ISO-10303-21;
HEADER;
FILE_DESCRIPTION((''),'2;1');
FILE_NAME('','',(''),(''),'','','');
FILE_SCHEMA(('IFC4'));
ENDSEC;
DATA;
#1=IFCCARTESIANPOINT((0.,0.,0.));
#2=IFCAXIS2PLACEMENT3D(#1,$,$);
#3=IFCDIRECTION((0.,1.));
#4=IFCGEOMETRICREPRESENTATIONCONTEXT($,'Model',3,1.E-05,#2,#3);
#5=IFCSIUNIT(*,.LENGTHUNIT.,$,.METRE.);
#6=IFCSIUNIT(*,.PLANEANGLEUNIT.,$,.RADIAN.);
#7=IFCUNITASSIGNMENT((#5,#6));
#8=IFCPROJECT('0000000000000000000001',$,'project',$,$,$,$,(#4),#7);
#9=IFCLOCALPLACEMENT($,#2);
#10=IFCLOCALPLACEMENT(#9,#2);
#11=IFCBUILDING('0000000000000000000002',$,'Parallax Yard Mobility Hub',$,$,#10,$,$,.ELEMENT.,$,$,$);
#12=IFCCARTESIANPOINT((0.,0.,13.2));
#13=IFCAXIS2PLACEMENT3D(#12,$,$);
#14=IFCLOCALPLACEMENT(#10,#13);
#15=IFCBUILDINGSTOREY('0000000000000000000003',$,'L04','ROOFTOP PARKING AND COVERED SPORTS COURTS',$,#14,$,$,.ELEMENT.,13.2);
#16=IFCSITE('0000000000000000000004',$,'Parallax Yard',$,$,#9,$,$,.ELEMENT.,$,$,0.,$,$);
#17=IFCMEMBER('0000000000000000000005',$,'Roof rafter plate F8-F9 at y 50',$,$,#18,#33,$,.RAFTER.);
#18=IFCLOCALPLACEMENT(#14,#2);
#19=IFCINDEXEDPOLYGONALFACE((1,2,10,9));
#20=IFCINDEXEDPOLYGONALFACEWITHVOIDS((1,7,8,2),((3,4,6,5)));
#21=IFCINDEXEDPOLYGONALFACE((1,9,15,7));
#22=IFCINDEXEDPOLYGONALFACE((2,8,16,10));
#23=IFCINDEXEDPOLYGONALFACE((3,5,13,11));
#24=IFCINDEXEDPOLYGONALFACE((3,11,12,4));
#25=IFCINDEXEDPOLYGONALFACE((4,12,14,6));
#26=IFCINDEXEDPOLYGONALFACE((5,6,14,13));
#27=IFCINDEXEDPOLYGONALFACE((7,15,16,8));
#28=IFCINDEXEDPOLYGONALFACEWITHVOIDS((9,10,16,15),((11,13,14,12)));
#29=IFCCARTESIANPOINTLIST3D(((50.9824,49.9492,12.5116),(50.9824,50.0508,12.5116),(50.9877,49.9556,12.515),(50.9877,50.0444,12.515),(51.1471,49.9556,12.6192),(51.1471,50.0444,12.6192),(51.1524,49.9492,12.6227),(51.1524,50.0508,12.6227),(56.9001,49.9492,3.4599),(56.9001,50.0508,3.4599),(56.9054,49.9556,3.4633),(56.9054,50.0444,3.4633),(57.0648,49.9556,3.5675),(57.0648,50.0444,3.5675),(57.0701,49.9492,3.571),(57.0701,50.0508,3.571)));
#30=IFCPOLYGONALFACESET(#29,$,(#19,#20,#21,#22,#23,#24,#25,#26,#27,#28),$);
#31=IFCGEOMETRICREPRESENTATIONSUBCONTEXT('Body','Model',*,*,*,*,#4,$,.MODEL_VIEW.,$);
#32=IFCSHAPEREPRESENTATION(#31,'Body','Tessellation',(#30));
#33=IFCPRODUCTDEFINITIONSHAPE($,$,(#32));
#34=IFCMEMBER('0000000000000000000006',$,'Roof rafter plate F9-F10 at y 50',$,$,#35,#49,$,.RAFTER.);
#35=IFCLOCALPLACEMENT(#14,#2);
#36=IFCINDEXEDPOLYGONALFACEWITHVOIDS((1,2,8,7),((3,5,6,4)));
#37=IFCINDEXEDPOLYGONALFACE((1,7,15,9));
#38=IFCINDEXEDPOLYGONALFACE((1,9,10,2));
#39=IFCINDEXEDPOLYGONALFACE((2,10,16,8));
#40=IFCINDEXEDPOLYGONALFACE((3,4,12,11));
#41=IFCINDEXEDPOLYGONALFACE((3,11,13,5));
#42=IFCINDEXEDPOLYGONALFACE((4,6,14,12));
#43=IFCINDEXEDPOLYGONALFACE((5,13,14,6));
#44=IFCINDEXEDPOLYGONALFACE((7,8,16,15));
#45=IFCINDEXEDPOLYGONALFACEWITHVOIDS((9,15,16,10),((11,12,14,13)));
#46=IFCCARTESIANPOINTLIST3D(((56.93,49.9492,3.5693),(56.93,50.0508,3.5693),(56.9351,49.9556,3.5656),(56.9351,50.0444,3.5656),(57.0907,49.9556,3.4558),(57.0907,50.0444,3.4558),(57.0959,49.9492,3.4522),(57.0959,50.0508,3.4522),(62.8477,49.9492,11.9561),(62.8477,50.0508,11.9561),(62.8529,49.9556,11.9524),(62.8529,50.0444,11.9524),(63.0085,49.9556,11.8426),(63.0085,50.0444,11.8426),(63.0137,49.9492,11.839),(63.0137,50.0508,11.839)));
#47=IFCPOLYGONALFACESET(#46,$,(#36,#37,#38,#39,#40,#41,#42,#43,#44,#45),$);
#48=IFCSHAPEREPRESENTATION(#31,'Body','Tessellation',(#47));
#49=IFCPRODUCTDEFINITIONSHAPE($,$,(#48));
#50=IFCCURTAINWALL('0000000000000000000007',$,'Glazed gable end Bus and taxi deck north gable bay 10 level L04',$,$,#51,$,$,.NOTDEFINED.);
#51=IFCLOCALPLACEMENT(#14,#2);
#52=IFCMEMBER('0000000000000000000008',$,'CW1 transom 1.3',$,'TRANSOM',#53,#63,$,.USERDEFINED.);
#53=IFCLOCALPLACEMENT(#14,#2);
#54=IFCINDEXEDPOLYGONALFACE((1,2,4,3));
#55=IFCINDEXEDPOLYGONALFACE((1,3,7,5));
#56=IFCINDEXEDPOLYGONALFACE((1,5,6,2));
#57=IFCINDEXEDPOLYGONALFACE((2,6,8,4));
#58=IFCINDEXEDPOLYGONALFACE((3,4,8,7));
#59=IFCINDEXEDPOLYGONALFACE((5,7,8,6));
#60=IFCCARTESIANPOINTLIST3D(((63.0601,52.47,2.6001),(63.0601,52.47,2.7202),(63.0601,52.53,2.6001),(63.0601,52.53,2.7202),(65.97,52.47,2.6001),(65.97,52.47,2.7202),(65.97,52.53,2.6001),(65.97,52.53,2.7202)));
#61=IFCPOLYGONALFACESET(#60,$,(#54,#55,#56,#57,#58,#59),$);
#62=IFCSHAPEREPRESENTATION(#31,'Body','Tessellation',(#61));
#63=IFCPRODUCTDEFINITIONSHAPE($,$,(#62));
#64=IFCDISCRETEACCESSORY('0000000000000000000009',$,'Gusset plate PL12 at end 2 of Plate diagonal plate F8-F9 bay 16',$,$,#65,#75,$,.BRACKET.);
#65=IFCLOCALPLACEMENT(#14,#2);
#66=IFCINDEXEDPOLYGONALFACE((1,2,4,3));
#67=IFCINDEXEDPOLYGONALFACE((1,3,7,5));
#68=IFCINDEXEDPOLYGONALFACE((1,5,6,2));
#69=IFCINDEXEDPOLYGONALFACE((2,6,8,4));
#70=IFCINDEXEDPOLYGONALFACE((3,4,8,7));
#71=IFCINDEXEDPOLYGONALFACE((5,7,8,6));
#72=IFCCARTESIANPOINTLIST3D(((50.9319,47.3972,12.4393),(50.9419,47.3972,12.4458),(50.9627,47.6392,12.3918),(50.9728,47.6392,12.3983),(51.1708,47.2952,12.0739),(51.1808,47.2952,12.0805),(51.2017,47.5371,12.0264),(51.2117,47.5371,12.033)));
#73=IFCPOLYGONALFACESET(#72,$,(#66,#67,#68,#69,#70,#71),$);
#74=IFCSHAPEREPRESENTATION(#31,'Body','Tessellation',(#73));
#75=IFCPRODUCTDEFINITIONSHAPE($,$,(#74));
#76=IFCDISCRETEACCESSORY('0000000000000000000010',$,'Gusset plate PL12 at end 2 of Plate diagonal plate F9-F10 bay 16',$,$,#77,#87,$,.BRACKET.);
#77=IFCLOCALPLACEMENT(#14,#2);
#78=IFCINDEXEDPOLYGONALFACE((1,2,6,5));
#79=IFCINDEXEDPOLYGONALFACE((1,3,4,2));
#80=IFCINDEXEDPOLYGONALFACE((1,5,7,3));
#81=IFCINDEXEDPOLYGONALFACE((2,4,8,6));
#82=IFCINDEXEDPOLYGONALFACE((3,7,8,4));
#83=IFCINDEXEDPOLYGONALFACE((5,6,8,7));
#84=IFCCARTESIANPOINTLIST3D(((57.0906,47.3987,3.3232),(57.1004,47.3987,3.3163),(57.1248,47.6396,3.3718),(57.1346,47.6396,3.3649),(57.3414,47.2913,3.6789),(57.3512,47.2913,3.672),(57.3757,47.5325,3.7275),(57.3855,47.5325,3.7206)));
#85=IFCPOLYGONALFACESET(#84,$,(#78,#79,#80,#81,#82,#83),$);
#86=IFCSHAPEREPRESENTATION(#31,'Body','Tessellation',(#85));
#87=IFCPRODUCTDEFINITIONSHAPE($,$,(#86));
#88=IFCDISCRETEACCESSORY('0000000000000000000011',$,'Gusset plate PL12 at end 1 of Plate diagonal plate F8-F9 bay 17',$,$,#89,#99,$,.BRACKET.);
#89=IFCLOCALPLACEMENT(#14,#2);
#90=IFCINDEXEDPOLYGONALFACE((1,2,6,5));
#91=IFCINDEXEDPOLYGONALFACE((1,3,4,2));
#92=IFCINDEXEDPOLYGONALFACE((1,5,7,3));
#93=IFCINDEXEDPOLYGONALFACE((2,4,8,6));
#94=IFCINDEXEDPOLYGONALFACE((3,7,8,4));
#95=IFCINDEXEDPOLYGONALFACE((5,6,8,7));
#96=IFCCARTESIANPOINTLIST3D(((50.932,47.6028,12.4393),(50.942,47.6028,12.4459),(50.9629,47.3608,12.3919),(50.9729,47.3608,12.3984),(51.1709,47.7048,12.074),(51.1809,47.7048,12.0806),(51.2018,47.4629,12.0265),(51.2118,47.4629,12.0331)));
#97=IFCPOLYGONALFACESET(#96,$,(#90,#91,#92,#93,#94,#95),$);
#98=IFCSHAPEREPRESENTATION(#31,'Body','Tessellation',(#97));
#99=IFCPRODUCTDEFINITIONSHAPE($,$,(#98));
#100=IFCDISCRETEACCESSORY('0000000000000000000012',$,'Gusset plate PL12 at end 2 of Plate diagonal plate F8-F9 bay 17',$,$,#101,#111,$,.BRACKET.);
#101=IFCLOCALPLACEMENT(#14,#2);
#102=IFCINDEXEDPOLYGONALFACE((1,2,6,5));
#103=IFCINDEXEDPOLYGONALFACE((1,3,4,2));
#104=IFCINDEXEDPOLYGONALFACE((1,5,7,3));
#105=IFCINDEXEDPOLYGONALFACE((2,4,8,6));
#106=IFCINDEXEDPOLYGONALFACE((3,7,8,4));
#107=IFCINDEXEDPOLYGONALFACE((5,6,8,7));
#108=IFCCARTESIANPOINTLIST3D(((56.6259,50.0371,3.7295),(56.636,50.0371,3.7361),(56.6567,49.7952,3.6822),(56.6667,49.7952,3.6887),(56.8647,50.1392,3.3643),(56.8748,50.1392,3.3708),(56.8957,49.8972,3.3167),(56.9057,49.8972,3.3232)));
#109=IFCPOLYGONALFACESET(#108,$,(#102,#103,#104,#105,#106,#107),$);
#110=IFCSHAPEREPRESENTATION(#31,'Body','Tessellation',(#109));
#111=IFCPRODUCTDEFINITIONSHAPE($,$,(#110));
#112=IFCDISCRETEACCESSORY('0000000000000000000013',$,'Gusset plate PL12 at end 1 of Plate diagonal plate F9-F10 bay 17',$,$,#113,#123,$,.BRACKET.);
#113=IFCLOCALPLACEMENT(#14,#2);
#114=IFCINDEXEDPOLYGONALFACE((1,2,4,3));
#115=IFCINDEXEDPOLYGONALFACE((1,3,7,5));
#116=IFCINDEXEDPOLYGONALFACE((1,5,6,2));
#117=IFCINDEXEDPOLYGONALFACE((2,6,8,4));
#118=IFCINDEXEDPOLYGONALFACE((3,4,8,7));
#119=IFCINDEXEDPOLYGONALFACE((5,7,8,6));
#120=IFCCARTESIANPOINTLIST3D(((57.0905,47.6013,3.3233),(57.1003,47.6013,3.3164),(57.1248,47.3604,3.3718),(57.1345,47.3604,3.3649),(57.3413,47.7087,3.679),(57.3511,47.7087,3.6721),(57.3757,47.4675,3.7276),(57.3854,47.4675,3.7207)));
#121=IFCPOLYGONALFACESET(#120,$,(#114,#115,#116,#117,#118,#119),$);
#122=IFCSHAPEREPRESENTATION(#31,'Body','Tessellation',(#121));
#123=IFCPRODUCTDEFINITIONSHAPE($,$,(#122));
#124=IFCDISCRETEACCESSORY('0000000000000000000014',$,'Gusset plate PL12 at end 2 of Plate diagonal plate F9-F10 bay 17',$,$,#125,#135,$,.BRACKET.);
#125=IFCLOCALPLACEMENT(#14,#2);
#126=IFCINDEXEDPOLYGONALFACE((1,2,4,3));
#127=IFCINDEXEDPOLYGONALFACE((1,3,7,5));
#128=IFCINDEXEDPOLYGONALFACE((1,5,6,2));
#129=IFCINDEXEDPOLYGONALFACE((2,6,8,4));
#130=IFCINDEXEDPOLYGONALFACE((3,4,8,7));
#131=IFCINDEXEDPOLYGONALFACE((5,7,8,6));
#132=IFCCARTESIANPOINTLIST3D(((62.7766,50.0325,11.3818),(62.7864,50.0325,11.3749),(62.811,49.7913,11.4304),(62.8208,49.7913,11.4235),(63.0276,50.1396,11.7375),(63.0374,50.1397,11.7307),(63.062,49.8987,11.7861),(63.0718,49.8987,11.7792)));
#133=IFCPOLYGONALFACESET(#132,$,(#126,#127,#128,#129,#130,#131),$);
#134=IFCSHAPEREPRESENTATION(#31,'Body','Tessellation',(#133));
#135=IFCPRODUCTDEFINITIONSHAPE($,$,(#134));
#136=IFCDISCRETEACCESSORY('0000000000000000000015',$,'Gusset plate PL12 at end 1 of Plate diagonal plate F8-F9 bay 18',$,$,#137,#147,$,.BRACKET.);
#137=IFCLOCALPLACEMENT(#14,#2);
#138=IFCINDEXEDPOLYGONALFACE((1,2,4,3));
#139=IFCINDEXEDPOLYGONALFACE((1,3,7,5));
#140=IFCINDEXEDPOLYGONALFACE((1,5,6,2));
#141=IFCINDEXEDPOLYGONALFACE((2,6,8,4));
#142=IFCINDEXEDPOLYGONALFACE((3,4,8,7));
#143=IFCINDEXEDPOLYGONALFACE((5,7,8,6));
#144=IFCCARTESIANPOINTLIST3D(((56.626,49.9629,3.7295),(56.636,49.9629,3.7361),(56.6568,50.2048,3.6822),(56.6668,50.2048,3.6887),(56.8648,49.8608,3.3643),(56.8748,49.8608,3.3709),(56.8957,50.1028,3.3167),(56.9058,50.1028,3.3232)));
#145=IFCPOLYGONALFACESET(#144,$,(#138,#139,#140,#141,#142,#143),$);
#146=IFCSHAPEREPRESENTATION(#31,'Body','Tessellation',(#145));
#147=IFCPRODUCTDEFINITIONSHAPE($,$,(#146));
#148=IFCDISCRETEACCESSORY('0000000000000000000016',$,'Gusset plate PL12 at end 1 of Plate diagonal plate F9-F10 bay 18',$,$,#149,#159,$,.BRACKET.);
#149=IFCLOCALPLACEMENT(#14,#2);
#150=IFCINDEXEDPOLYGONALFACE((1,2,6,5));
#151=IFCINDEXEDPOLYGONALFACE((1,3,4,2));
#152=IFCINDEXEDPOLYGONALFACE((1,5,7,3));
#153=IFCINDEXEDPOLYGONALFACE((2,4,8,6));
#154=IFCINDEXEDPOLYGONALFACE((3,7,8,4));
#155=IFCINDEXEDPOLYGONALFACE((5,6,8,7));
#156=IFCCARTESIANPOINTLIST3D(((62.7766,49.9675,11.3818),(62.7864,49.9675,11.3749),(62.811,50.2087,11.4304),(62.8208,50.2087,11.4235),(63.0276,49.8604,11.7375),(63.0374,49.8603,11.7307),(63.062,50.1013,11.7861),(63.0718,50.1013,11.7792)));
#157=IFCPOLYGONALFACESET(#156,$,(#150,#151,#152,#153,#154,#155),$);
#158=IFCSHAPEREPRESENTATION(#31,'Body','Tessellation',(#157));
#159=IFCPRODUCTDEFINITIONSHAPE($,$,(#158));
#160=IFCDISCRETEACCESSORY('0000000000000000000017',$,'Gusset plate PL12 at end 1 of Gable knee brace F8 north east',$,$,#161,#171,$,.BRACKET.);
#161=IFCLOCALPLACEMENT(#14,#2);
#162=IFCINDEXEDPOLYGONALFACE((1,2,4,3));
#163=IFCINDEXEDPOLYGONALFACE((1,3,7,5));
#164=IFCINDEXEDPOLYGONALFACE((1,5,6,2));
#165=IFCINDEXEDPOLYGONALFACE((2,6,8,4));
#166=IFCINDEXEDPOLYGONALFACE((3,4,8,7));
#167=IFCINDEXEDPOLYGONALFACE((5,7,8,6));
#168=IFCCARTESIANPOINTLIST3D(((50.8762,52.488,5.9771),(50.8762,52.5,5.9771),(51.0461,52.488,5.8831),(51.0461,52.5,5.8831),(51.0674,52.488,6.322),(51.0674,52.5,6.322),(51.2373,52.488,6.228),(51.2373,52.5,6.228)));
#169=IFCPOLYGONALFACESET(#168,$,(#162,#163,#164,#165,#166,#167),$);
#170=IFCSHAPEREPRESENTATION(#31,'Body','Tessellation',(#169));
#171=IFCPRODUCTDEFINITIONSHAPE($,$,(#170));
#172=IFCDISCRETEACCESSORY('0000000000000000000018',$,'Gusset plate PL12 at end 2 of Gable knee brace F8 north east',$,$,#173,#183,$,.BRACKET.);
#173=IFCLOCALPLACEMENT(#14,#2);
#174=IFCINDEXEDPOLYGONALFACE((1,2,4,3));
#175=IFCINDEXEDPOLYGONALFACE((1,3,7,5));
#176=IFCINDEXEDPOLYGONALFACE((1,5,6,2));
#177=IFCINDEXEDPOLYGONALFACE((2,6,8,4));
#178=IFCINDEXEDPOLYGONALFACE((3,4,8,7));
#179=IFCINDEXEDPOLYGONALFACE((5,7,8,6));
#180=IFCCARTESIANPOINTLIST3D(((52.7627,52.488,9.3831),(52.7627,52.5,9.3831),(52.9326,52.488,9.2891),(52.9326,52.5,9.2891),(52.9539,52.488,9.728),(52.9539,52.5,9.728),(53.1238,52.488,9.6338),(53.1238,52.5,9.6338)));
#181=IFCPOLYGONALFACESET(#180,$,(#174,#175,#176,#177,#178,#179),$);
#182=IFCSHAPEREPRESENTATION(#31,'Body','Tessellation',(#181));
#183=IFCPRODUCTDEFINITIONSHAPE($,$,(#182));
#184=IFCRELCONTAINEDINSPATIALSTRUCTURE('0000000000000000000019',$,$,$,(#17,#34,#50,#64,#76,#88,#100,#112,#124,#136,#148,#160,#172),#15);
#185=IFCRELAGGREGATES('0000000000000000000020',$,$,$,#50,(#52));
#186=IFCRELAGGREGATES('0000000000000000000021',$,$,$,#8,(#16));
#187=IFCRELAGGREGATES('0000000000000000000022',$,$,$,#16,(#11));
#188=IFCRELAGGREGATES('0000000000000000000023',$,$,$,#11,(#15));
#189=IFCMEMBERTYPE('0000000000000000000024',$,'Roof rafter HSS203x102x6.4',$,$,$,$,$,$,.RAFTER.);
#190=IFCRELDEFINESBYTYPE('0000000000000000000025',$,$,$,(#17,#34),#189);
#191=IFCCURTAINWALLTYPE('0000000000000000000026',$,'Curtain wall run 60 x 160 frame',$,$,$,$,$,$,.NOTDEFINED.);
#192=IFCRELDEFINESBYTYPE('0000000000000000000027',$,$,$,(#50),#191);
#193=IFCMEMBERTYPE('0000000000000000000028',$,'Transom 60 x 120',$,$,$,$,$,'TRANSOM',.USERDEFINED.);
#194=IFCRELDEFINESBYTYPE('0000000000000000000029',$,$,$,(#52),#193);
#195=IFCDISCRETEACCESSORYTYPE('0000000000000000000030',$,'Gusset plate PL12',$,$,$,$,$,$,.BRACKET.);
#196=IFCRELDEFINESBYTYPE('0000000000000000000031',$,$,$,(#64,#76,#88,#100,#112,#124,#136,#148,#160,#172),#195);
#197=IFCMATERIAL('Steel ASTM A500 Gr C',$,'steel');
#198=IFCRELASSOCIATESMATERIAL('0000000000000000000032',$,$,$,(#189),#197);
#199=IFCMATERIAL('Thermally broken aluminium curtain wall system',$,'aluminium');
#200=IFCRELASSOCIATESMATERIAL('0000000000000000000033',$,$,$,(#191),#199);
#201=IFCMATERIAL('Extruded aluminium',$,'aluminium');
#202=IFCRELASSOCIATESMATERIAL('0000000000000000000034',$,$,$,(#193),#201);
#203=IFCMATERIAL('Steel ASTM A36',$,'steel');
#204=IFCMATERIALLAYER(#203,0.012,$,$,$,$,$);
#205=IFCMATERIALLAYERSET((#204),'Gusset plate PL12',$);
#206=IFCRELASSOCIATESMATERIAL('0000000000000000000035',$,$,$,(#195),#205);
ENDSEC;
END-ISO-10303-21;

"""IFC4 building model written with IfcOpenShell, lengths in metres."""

from ifc_helpers import new_model, si_unit, direction, frame, origin, origin_2d, place, context, subcontext, project, spatial, polyline, rectangle, hollow_rectangle, outline, extrude, material, layer, layer_set, material_profile, profile_set, type_object, element, aggregate, save


model = new_model("IFC4")

# Units and contexts
model_context = context("Model", 3, precision=1e-05, world=origin(), true_north=direction((0.0, 1.0)))
body_context = subcontext(model_context, "Body", "Model", "MODEL_VIEW")
ifc_project = project(units=[si_unit("LENGTHUNIT", "METRE"), si_unit("PLANEANGLEUNIT", "RADIAN")], contexts=[model_context])

# Site, building, storey
site_placement = place(None, origin())
site = spatial("IfcSite", under=ifc_project, at=site_placement, Name="Parallax Yard", CompositionType="ELEMENT", RefElevation=0.0)
building_placement = place(site_placement, origin())
building = spatial("IfcBuilding", under=site, at=building_placement, Name="Parallax Yard Mobility Hub", CompositionType="ELEMENT")
storey_placement = place(building_placement, frame((0.0, 0.0, 13.2)))
storey = spatial("IfcBuildingStorey", under=building, at=storey_placement, Name="L04", Description="ROOFTOP PARKING AND COVERED SPORTS COURTS", CompositionType="ELEMENT", Elevation=13.2)

# Shared definitions
ifc_material_1 = material(Name="Steel ASTM A500 Gr C", Category="steel")

# Members
ifc_material_profile_1 = material_profile(ifc_material_1, hollow_rectangle(XDim=0.1016, YDim=0.2031, WallThickness=0.0063, at=origin_2d()), Name="HSS203x102x6.4")
ifc_profile_set_1 = profile_set([ifc_material_profile_1], Name="Steel ASTM A500 Gr C")
member_type_1 = type_object("IfcMemberType", Name="Roof rafter HSS203x102x6.4", PredefinedType="RAFTER", material=ifc_profile_set_1)
member_1_placement = place(storey_placement, frame((51.0674, 50.0, 12.5671), z_axis=(0.547202, 0.0, -0.837001), x_axis=(0.0, 1.0, 0.0)))
element("IfcMember", 1, at=member_1_placement, inside=storey, type_object=member_type_1, Name="Roof rafter plate F8-F9 at y 50", PredefinedType="RAFTER", context=body_context, shape_type="SweptSolid", body=[
    extrude(hollow_rectangle(XDim=0.1016, YDim=0.2031, WallThickness=0.0063, at=origin_2d()), origin(), (0.0, 0.0, 1.0), 10.8145),
])
member_2_placement = place(storey_placement, frame((57.0129, 50.0, 3.5107), z_axis=(0.576533, 0.0, 0.817074), x_axis=(0.0, 1.0, 0.0)))
element("IfcMember", 2, at=member_2_placement, inside=storey, type_object=member_type_1, Name="Roof rafter plate F9-F10 at y 50", PredefinedType="RAFTER", context=body_context, shape_type="SweptSolid", body=[
    extrude(hollow_rectangle(XDim=0.1016, YDim=0.2031, WallThickness=0.0063, at=origin_2d()), origin(), (0.0, 0.0, 1.0), 10.2644),
])

# Curtain wall, member
ifc_material_2 = material(Name="Thermally broken aluminium curtain wall system", Category="aluminium")
curtain_wall_type = type_object("IfcCurtainWallType", Name="Curtain wall run 60 x 160 frame", PredefinedType="NOTDEFINED", material=ifc_material_2)
curtain_wall_placement = place(storey_placement, origin())
curtain_wall = element("IfcCurtainWall", 3, at=curtain_wall_placement, inside=storey, type_object=curtain_wall_type, Name="Glazed gable end Bus and taxi deck north gable bay 10 level L04", PredefinedType="NOTDEFINED")
ifc_material_3 = material(Name="Extruded aluminium", Category="aluminium")
ifc_material_profile_2 = material_profile(ifc_material_3, rectangle(XDim=0.0601, YDim=0.1201, at=origin_2d()), Name="Transom 60 x 120")
ifc_profile_set_2 = profile_set([ifc_material_profile_2], Name="Extruded aluminium")
member_type_2 = type_object("IfcMemberType", Name="Transom 60 x 120", ElementType="TRANSOM", PredefinedType="USERDEFINED", material=ifc_profile_set_2)
member_3_placement = place(storey_placement, frame((63.0601, 52.5, 2.6602), z_axis=(1.0, 0.0, 0.0), x_axis=(0.0, 1.0, 0.0)))
member_3 = element("IfcMember", 4, at=member_3_placement, type_object=member_type_2, Name="CW1 transom 1.3", ObjectType="TRANSOM", PredefinedType="USERDEFINED", context=body_context, shape_type="SweptSolid", body=[
    extrude(rectangle(XDim=0.0601, YDim=0.1201, at=origin_2d()), origin(), (0.0, 0.0, 1.0), 2.9099),
])
aggregate(curtain_wall, [member_3])

# Discrete accessories
ifc_material_4 = material(Name="Steel ASTM A36", Category="steel")
ifc_layer = layer(ifc_material_4, 0.012)
ifc_layer_set = layer_set([ifc_layer], Name="Gusset plate PL12")
discrete_accessory_type = type_object("IfcDiscreteAccessoryType", Name="Gusset plate PL12", PredefinedType="BRACKET", material=ifc_layer_set)
discrete_accessory_1_placement = place(storey_placement, frame((51.2117, 47.5371, 12.033), z_axis=(0.837034, 0.000541, 0.547151), x_axis=(-0.532891, 0.227624, 0.814994)))
element("IfcDiscreteAccessory", 5, at=discrete_accessory_1_placement, inside=storey, type_object=discrete_accessory_type, Name="Gusset plate PL12 at end 2 of Plate diagonal plate F8-F9 bay 16", PredefinedType="BRACKET", context=body_context, shape_type="SweptSolid", body=[
    extrude(outline(polyline([(0.0, 0.0), (0.4483, 0.0), (0.4484, 0.2485), (0.0001, 0.2485), (0.0, 0.0)])), origin(), (0.0, 0.0, -1.0), 0.012),
])
discrete_accessory_2_placement = place(storey_placement, frame((57.3757, 47.5325, 3.7275), z_axis=(-0.817206, 0.000126, 0.576345), x_axis=(-0.55961, 0.239055, -0.79353)))
element("IfcDiscreteAccessory", 6, at=discrete_accessory_2_placement, inside=storey, type_object=discrete_accessory_type, Name="Gusset plate PL12 at end 2 of Plate diagonal plate F9-F10 bay 16", PredefinedType="BRACKET", context=body_context, shape_type="SweptSolid", body=[
    extrude(outline(polyline([(0.0, 0.0), (0.4483, 0.0), (0.4484, 0.2482), (0.0002, 0.2485), (0.0, 0.0)])), origin(), (0.0, 0.0, -1.0), 0.012),
])
discrete_accessory_3_placement = place(storey_placement, frame((51.1809, 47.7048, 12.0806), z_axis=(0.837034, -0.000541, 0.547151), x_axis=(-0.532886, -0.227659, 0.814987)))
element("IfcDiscreteAccessory", 7, at=discrete_accessory_3_placement, inside=storey, type_object=discrete_accessory_type, Name="Gusset plate PL12 at end 1 of Plate diagonal plate F8-F9 bay 17", PredefinedType="BRACKET", context=body_context, shape_type="SweptSolid", body=[
    extrude(outline(polyline([(0.0, 0.0), (0.4483, 0.0), (0.4482, 0.2485), (-0.0001, 0.2485), (0.0, 0.0)])), origin(), (0.0, 0.0, -1.0), 0.012),
])
discrete_accessory_4_placement = place(storey_placement, frame((56.6667, 49.7952, 3.6887), z_axis=(0.837034, -0.000541, 0.547151), x_axis=(0.532899, 0.227558, -0.815006)))
element("IfcDiscreteAccessory", 8, at=discrete_accessory_4_placement, inside=storey, type_object=discrete_accessory_type, Name="Gusset plate PL12 at end 2 of Plate diagonal plate F8-F9 bay 17", PredefinedType="BRACKET", context=body_context, shape_type="SweptSolid", body=[
    extrude(outline(polyline([(0.0, 0.0), (0.4485, 0.0), (0.4482, 0.2485), (0.0001, 0.2484), (0.0, 0.0)])), origin(), (0.0, 0.0, -1.0), 0.012),
])
discrete_accessory_5_placement = place(storey_placement, frame((57.3413, 47.7087, 3.679), z_axis=(-0.817206, -0.000126, 0.576345), x_axis=(-0.559527, -0.239641, -0.793412)))
element("IfcDiscreteAccessory", 9, at=discrete_accessory_5_placement, inside=storey, type_object=discrete_accessory_type, Name="Gusset plate PL12 at end 1 of Plate diagonal plate F9-F10 bay 17", PredefinedType="BRACKET", context=body_context, shape_type="SweptSolid", body=[
    extrude(outline(polyline([(0.0, 0.0), (0.4483, 0.0), (0.4483, 0.2482), (0.0, 0.2485), (0.0, 0.0)])), origin(), (0.0, 0.0, -1.0), 0.012),
])
discrete_accessory_6_placement = place(storey_placement, frame((62.811, 49.7913, 11.4304), z_axis=(-0.817026, -0.000463, 0.5766), x_axis=(0.559719, 0.239568, 0.793298)))
element("IfcDiscreteAccessory", 10, at=discrete_accessory_6_placement, inside=storey, type_object=discrete_accessory_type, Name="Gusset plate PL12 at end 2 of Plate diagonal plate F9-F10 bay 17", PredefinedType="BRACKET", context=body_context, shape_type="SweptSolid", body=[
    extrude(outline(polyline([(0.0, 0.0), (0.4484, 0.0), (0.4483, 0.2482), (0.0, 0.2485), (0.0, 0.0)])), origin(), (0.0, 0.0, -1.0), 0.012),
])
discrete_accessory_7_placement = place(storey_placement, frame((56.636, 49.9629, 3.7361), z_axis=(0.837034, 0.000541, 0.547151), x_axis=(0.532878, -0.227725, -0.814974)))
element("IfcDiscreteAccessory", 11, at=discrete_accessory_7_placement, inside=storey, type_object=discrete_accessory_type, Name="Gusset plate PL12 at end 1 of Plate diagonal plate F8-F9 bay 18", PredefinedType="BRACKET", context=body_context, shape_type="SweptSolid", body=[
    extrude(outline(polyline([(0.0, 0.0), (0.4481, 0.0), (0.4484, 0.2485), (-0.0001, 0.2484), (0.0, 0.0)])), origin(), (0.0, 0.0, -1.0), 0.012),
])
discrete_accessory_8_placement = place(storey_placement, frame((62.7766, 49.9675, 11.3818), z_axis=(-0.817026, 0.000463, 0.5766), x_axis=(0.559792, -0.239055, 0.793401)))
element("IfcDiscreteAccessory", 12, at=discrete_accessory_8_placement, inside=storey, type_object=discrete_accessory_type, Name="Gusset plate PL12 at end 1 of Plate diagonal plate F9-F10 bay 18", PredefinedType="BRACKET", context=body_context, shape_type="SweptSolid", body=[
    extrude(outline(polyline([(0.0, 0.0), (0.4483, 0.0), (0.4486, 0.2482), (0.0002, 0.2485), (0.0, 0.0)])), origin(), (0.0, 0.0, -1.0), 0.012),
])
discrete_accessory_9_placement = place(storey_placement, frame((51.2373, 52.5, 6.228), z_axis=(0.0, 1.0, 0.0), x_axis=(-0.484697, 0.0, -0.874682)))
element("IfcDiscreteAccessory", 13, at=discrete_accessory_9_placement, inside=storey, type_object=discrete_accessory_type, Name="Gusset plate PL12 at end 1 of Gable knee brace F8 north east", PredefinedType="BRACKET", context=body_context, shape_type="SweptSolid", body=[
    extrude(outline(polyline([(0.0, 0.0), (0.3944, 0.0), (0.3945, 0.1942), (0.0001, 0.1942), (0.0, 0.0)])), origin(), (0.0, 0.0, -1.0), 0.012),
])
discrete_accessory_10_placement = place(storey_placement, frame((52.7627, 52.5, 9.3831), z_axis=(0.0, 1.0, 0.0), x_axis=(0.484697, 0.0, 0.874682)))
element("IfcDiscreteAccessory", 14, at=discrete_accessory_10_placement, inside=storey, type_object=discrete_accessory_type, Name="Gusset plate PL12 at end 2 of Gable knee brace F8 north east", PredefinedType="BRACKET", context=body_context, shape_type="SweptSolid", body=[
    extrude(outline(polyline([(0.0, 0.0), (0.3944, 0.0), (0.3943, 0.1943), (0.0001, 0.1942), (0.0, 0.0)])), origin(), (0.0, 0.0, -1.0), 0.012),
])

save(model, "model.ifc")
